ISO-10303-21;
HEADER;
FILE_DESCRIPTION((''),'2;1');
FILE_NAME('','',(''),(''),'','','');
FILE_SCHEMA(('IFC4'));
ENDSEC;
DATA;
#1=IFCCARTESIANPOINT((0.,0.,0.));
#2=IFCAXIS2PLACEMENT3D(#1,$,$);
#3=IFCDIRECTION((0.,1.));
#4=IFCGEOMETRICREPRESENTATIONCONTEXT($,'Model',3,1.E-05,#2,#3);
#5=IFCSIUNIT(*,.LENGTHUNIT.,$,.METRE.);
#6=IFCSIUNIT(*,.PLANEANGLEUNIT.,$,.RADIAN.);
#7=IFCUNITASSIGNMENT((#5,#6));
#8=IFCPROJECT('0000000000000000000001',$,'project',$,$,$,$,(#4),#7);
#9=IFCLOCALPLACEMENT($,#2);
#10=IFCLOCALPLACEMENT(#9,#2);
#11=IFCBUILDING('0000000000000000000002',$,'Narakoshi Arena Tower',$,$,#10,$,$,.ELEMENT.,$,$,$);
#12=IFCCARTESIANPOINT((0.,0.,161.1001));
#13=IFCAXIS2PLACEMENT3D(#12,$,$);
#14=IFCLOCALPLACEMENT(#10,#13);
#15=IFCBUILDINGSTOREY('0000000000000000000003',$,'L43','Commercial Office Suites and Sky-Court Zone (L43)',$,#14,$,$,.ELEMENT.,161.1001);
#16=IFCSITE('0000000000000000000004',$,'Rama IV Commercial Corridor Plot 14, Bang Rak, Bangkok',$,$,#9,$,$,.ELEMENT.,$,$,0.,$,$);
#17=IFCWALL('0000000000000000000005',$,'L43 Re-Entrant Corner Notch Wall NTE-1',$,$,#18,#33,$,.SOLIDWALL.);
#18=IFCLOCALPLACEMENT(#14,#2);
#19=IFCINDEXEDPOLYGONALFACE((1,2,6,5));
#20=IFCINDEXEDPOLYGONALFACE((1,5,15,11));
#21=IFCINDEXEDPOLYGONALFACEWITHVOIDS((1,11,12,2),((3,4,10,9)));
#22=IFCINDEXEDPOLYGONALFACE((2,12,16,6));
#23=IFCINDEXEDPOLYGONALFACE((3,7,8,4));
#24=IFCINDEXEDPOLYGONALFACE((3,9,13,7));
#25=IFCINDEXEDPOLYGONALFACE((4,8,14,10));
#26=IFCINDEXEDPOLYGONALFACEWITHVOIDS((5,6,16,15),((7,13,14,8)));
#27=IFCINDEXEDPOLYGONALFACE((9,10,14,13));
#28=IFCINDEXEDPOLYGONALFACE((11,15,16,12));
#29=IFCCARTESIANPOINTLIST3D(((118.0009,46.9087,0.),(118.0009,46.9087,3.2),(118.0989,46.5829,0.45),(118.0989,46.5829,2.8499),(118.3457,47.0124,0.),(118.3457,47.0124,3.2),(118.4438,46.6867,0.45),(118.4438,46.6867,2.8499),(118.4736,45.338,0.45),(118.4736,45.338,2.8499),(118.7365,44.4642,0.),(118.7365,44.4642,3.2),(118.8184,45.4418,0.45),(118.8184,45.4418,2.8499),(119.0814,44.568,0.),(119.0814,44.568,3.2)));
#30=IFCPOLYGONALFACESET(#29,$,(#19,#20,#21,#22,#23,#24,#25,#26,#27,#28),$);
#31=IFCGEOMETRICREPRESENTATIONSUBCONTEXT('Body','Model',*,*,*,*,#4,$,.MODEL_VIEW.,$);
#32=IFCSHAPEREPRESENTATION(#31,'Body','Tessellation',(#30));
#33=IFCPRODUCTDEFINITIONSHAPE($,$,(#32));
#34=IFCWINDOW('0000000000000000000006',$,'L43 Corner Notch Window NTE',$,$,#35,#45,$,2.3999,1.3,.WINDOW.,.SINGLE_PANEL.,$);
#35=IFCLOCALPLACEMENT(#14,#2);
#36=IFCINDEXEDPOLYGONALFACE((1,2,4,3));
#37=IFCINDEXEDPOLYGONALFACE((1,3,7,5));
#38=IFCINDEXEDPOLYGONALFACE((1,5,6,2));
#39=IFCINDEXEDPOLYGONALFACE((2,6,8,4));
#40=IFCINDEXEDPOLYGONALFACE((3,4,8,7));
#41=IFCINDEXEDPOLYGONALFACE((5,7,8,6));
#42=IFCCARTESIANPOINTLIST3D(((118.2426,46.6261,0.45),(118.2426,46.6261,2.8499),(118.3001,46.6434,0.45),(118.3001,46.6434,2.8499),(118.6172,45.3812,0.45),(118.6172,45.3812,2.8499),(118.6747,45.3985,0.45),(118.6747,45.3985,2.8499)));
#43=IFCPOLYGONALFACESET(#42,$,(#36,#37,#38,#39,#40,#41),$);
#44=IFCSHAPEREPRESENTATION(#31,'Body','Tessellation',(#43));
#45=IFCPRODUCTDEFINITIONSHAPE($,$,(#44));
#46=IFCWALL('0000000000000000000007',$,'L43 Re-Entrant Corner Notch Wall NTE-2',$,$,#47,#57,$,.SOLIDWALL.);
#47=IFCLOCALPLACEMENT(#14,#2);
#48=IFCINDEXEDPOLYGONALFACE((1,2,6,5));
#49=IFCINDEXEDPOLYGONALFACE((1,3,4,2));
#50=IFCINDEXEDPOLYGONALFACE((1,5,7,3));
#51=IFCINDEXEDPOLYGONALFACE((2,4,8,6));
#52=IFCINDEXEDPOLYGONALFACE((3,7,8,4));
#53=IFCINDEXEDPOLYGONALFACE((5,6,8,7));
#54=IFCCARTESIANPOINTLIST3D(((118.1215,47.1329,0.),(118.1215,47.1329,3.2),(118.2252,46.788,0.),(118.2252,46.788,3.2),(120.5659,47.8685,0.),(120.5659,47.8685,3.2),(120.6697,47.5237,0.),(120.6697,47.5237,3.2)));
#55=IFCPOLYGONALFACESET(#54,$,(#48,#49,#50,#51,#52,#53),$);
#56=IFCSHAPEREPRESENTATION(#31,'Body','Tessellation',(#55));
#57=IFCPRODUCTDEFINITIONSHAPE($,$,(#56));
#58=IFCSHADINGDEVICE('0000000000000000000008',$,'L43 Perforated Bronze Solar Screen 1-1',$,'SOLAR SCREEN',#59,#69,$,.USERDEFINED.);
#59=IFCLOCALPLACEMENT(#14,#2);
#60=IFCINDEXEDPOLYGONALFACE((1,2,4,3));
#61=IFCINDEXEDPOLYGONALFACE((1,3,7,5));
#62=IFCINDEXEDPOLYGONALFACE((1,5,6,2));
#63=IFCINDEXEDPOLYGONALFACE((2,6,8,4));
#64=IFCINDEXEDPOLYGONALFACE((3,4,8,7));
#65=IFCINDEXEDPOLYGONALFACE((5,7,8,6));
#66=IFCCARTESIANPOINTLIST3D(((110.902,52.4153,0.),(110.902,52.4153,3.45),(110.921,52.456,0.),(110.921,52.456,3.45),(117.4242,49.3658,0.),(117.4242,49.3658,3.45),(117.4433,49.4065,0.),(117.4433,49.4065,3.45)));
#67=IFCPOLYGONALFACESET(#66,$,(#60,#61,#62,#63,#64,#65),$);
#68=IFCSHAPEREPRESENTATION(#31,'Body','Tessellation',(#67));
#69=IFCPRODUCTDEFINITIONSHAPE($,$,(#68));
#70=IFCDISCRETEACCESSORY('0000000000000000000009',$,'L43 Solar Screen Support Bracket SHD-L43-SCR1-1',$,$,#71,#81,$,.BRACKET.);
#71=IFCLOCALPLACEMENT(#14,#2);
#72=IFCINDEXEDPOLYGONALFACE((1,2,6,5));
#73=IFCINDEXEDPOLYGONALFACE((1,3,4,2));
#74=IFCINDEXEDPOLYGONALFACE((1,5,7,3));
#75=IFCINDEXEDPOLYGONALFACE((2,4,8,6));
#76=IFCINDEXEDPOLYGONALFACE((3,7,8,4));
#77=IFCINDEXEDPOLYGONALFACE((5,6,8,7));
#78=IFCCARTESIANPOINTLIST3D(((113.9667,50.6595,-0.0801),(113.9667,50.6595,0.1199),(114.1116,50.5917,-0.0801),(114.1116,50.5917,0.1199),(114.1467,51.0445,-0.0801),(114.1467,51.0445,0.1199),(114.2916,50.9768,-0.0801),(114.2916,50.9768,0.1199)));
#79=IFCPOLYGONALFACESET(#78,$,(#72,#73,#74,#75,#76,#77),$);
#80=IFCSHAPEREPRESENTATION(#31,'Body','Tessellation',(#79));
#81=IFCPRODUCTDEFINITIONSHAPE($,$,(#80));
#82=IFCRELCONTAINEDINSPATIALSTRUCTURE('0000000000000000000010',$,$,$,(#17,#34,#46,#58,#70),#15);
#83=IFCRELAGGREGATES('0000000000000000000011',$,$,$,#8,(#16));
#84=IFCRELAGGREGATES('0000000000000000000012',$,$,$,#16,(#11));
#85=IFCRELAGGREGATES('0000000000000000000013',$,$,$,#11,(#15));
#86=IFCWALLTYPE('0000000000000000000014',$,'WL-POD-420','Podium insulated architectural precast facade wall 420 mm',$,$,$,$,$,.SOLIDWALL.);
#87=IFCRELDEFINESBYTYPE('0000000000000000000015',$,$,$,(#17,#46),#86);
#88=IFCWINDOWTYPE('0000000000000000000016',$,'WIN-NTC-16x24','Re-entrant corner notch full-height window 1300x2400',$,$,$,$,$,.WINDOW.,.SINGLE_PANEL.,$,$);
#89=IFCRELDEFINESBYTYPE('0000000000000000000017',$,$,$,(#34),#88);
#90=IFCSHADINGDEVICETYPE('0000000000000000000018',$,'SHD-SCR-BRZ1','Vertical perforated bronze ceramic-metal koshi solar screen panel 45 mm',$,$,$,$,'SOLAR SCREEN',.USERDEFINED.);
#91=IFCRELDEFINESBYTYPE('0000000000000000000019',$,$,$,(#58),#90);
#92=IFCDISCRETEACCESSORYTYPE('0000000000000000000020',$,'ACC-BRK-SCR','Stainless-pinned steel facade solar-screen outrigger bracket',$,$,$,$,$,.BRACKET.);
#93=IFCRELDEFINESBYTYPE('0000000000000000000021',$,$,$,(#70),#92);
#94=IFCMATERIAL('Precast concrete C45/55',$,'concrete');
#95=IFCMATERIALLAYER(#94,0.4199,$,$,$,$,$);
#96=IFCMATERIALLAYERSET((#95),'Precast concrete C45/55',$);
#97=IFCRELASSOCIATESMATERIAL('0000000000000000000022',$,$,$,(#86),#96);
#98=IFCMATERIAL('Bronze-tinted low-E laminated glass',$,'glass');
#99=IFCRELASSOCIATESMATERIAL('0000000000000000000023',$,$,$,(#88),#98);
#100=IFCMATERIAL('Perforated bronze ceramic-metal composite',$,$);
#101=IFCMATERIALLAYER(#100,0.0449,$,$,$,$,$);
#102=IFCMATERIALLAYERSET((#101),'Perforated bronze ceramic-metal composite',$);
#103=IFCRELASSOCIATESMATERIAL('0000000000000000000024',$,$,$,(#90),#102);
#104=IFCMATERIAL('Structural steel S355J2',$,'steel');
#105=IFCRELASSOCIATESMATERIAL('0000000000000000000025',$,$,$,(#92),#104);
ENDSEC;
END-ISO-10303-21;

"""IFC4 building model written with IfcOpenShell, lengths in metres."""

from ifc_helpers import new_model, si_unit, direction, frame, frame_2d, origin, origin_2d, place, context, subcontext, project, spatial, rectangle, extrude, material, layer, layer_set, type_object, element, fill, save


model = new_model("IFC4")

# Units and contexts
model_context = context("Model", 3, precision=1e-05, world=origin(), true_north=direction((0.0, 1.0)))
body_context = subcontext(model_context, "Body", "Model", "MODEL_VIEW")
ifc_project = project(units=[si_unit("LENGTHUNIT", "METRE"), si_unit("PLANEANGLEUNIT", "RADIAN")], contexts=[model_context])

# Site, building, storey
site_placement = place(None, origin())
site = spatial("IfcSite", under=ifc_project, at=site_placement, Name="Rama IV Commercial Corridor Plot 14, Bang Rak, Bangkok", CompositionType="ELEMENT", RefElevation=0.0)
building_placement = place(site_placement, origin())
building = spatial("IfcBuilding", under=site, at=building_placement, Name="Narakoshi Arena Tower", CompositionType="ELEMENT")
storey_placement = place(building_placement, frame((0.0, 0.0, 161.1001)))
storey = spatial("IfcBuildingStorey", under=building, at=storey_placement, Name="L43", Description="Commercial Office Suites and Sky-Court Zone (L43)", CompositionType="ELEMENT", Elevation=161.1001)

# Shared definitions
ifc_material_1 = material(Name="Bronze-tinted low-E laminated glass", Category="glass")

# Shared definitions
ifc_material_2 = material(Name="Precast concrete C45/55", Category="concrete")

# Wall, opening, window
ifc_layer_1 = layer(ifc_material_2, 0.4199)
ifc_layer_set_1 = layer_set([ifc_layer_1], Name="Precast concrete C45/55")
wall_type_1 = type_object("IfcWallType", Name="WL-POD-420", Description="Podium insulated architectural precast facade wall 420 mm", PredefinedType="SOLIDWALL", material=ifc_layer_set_1)
wall_1_placement = place(storey_placement, frame((118.9089, 44.5161, 0.0), z_axis=(0.0, 0.0, 1.0), x_axis=(-0.288173, 0.957578, 0.0)))
wall_1 = element("IfcWall", 1, at=wall_1_placement, inside=storey, type_object=wall_type_1, Name="L43 Re-Entrant Corner Notch Wall NTE-1", PredefinedType="SOLIDWALL", context=body_context, shape_type="SweptSolid", body=[
    extrude(rectangle(XDim=2.5527, YDim=0.3601, at=frame_2d((1.2764, 0.0))), origin(), (0.0, 0.0, 1.0), 3.2),
])
opening_1_placement = place(wall_1_placement, frame((0.9126, 0.0, 0.45)))
opening_1 = element("IfcOpeningElement", 2, at=opening_1_placement, cuts=wall_1, PredefinedType="OPENING", context=body_context, shape_type="SweptSolid", body=[
    extrude(rectangle(XDim=1.3, YDim=2.3999, at=frame_2d((0.6499, 1.2))), frame((0.0, 0.1899, 0.0), z_axis=(0.0, -1.0, 0.0), x_axis=(1.0, 0.0, 0.0)), (0.0, 0.0, 1.0), 0.3801),
])
window_type_1 = type_object("IfcWindowType", Name="WIN-NTC-16x24", Description="Re-entrant corner notch full-height window 1300x2400", PartitioningType="SINGLE_PANEL", PredefinedType="WINDOW", material=ifc_material_1)
window_1_placement = place(opening_1_placement, origin())
window_1 = element("IfcWindow", 3, at=window_1_placement, inside=storey, type_object=window_type_1, Name="L43 Corner Notch Window NTE", OverallHeight=2.3999, OverallWidth=1.3, PartitioningType="SINGLE_PANEL", PredefinedType="WINDOW", context=body_context, shape_type="SweptSolid", body=[
    extrude(rectangle(XDim=1.3, YDim=2.3999, at=frame_2d((0.6499, 1.2))), frame((0.0, 0.03, 0.0), z_axis=(0.0, -1.0, 0.0), x_axis=(1.0, 0.0, 0.0)), (0.0, 0.0, 1.0), 0.0601),
])
fill(opening_1, window_1)

# Wall
wall_2_placement = place(storey_placement, frame((118.1733, 46.9604, 0.0), z_axis=(0.0, 0.0, 1.0), x_axis=(0.957578, 0.288173, 0.0)))
element("IfcWall", 4, at=wall_2_placement, inside=storey, type_object=wall_type_1, Name="L43 Re-Entrant Corner Notch Wall NTE-2", PredefinedType="SOLIDWALL", context=body_context, shape_type="SweptSolid", body=[
    extrude(rectangle(XDim=2.5527, YDim=0.3601, at=frame_2d((1.2764, 0.0))), origin(), (0.0, 0.0, 1.0), 3.2),
])

# Shading device
ifc_material_3 = material(Name="Perforated bronze ceramic-metal composite")
ifc_layer_2 = layer(ifc_material_3, 0.0449)
ifc_layer_set_2 = layer_set([ifc_layer_2], Name="Perforated bronze ceramic-metal composite")
shading_device_type = type_object("IfcShadingDeviceType", Name="SHD-SCR-BRZ1", Description="Vertical perforated bronze ceramic-metal koshi solar screen panel 45 mm", ElementType="SOLAR SCREEN", PredefinedType="USERDEFINED", material=ifc_layer_set_2)
shading_device_placement = place(storey_placement, frame((114.1726, 50.9109, 0.0), z_axis=(0.0, 0.0, 1.0), x_axis=(-0.90588, 0.423535, 0.0)))
element("IfcShadingDevice", 5, at=shading_device_placement, inside=storey, type_object=shading_device_type, Name="L43 Perforated Bronze Solar Screen 1-1", ObjectType="SOLAR SCREEN", PredefinedType="USERDEFINED", context=body_context, shape_type="SweptSolid", body=[
    extrude(rectangle(XDim=7.2, YDim=0.0449, at=origin_2d()), origin(), (0.0, 0.0, 1.0), 3.45),
])

# Discrete accessory
ifc_material_4 = material(Name="Structural steel S355J2", Category="steel")
discrete_accessory_type = type_object("IfcDiscreteAccessoryType", Name="ACC-BRK-SCR", Description="Stainless-pinned steel facade solar-screen outrigger bracket", PredefinedType="BRACKET", material=ifc_material_4)
discrete_accessory_placement = place(storey_placement, frame((114.1292, 50.8181, -0.0801), z_axis=(0.0, 0.0, 1.0), x_axis=(-0.90588, 0.423535, 0.0)))
element("IfcDiscreteAccessory", 6, at=discrete_accessory_placement, inside=storey, type_object=discrete_accessory_type, Name="L43 Solar Screen Support Bracket SHD-L43-SCR1-1", PredefinedType="BRACKET", context=body_context, shape_type="SweptSolid", body=[
    extrude(rectangle(XDim=0.1599, YDim=0.425, at=origin_2d()), origin(), (0.0, 0.0, 1.0), 0.2),
])

save(model, "model.ifc")
